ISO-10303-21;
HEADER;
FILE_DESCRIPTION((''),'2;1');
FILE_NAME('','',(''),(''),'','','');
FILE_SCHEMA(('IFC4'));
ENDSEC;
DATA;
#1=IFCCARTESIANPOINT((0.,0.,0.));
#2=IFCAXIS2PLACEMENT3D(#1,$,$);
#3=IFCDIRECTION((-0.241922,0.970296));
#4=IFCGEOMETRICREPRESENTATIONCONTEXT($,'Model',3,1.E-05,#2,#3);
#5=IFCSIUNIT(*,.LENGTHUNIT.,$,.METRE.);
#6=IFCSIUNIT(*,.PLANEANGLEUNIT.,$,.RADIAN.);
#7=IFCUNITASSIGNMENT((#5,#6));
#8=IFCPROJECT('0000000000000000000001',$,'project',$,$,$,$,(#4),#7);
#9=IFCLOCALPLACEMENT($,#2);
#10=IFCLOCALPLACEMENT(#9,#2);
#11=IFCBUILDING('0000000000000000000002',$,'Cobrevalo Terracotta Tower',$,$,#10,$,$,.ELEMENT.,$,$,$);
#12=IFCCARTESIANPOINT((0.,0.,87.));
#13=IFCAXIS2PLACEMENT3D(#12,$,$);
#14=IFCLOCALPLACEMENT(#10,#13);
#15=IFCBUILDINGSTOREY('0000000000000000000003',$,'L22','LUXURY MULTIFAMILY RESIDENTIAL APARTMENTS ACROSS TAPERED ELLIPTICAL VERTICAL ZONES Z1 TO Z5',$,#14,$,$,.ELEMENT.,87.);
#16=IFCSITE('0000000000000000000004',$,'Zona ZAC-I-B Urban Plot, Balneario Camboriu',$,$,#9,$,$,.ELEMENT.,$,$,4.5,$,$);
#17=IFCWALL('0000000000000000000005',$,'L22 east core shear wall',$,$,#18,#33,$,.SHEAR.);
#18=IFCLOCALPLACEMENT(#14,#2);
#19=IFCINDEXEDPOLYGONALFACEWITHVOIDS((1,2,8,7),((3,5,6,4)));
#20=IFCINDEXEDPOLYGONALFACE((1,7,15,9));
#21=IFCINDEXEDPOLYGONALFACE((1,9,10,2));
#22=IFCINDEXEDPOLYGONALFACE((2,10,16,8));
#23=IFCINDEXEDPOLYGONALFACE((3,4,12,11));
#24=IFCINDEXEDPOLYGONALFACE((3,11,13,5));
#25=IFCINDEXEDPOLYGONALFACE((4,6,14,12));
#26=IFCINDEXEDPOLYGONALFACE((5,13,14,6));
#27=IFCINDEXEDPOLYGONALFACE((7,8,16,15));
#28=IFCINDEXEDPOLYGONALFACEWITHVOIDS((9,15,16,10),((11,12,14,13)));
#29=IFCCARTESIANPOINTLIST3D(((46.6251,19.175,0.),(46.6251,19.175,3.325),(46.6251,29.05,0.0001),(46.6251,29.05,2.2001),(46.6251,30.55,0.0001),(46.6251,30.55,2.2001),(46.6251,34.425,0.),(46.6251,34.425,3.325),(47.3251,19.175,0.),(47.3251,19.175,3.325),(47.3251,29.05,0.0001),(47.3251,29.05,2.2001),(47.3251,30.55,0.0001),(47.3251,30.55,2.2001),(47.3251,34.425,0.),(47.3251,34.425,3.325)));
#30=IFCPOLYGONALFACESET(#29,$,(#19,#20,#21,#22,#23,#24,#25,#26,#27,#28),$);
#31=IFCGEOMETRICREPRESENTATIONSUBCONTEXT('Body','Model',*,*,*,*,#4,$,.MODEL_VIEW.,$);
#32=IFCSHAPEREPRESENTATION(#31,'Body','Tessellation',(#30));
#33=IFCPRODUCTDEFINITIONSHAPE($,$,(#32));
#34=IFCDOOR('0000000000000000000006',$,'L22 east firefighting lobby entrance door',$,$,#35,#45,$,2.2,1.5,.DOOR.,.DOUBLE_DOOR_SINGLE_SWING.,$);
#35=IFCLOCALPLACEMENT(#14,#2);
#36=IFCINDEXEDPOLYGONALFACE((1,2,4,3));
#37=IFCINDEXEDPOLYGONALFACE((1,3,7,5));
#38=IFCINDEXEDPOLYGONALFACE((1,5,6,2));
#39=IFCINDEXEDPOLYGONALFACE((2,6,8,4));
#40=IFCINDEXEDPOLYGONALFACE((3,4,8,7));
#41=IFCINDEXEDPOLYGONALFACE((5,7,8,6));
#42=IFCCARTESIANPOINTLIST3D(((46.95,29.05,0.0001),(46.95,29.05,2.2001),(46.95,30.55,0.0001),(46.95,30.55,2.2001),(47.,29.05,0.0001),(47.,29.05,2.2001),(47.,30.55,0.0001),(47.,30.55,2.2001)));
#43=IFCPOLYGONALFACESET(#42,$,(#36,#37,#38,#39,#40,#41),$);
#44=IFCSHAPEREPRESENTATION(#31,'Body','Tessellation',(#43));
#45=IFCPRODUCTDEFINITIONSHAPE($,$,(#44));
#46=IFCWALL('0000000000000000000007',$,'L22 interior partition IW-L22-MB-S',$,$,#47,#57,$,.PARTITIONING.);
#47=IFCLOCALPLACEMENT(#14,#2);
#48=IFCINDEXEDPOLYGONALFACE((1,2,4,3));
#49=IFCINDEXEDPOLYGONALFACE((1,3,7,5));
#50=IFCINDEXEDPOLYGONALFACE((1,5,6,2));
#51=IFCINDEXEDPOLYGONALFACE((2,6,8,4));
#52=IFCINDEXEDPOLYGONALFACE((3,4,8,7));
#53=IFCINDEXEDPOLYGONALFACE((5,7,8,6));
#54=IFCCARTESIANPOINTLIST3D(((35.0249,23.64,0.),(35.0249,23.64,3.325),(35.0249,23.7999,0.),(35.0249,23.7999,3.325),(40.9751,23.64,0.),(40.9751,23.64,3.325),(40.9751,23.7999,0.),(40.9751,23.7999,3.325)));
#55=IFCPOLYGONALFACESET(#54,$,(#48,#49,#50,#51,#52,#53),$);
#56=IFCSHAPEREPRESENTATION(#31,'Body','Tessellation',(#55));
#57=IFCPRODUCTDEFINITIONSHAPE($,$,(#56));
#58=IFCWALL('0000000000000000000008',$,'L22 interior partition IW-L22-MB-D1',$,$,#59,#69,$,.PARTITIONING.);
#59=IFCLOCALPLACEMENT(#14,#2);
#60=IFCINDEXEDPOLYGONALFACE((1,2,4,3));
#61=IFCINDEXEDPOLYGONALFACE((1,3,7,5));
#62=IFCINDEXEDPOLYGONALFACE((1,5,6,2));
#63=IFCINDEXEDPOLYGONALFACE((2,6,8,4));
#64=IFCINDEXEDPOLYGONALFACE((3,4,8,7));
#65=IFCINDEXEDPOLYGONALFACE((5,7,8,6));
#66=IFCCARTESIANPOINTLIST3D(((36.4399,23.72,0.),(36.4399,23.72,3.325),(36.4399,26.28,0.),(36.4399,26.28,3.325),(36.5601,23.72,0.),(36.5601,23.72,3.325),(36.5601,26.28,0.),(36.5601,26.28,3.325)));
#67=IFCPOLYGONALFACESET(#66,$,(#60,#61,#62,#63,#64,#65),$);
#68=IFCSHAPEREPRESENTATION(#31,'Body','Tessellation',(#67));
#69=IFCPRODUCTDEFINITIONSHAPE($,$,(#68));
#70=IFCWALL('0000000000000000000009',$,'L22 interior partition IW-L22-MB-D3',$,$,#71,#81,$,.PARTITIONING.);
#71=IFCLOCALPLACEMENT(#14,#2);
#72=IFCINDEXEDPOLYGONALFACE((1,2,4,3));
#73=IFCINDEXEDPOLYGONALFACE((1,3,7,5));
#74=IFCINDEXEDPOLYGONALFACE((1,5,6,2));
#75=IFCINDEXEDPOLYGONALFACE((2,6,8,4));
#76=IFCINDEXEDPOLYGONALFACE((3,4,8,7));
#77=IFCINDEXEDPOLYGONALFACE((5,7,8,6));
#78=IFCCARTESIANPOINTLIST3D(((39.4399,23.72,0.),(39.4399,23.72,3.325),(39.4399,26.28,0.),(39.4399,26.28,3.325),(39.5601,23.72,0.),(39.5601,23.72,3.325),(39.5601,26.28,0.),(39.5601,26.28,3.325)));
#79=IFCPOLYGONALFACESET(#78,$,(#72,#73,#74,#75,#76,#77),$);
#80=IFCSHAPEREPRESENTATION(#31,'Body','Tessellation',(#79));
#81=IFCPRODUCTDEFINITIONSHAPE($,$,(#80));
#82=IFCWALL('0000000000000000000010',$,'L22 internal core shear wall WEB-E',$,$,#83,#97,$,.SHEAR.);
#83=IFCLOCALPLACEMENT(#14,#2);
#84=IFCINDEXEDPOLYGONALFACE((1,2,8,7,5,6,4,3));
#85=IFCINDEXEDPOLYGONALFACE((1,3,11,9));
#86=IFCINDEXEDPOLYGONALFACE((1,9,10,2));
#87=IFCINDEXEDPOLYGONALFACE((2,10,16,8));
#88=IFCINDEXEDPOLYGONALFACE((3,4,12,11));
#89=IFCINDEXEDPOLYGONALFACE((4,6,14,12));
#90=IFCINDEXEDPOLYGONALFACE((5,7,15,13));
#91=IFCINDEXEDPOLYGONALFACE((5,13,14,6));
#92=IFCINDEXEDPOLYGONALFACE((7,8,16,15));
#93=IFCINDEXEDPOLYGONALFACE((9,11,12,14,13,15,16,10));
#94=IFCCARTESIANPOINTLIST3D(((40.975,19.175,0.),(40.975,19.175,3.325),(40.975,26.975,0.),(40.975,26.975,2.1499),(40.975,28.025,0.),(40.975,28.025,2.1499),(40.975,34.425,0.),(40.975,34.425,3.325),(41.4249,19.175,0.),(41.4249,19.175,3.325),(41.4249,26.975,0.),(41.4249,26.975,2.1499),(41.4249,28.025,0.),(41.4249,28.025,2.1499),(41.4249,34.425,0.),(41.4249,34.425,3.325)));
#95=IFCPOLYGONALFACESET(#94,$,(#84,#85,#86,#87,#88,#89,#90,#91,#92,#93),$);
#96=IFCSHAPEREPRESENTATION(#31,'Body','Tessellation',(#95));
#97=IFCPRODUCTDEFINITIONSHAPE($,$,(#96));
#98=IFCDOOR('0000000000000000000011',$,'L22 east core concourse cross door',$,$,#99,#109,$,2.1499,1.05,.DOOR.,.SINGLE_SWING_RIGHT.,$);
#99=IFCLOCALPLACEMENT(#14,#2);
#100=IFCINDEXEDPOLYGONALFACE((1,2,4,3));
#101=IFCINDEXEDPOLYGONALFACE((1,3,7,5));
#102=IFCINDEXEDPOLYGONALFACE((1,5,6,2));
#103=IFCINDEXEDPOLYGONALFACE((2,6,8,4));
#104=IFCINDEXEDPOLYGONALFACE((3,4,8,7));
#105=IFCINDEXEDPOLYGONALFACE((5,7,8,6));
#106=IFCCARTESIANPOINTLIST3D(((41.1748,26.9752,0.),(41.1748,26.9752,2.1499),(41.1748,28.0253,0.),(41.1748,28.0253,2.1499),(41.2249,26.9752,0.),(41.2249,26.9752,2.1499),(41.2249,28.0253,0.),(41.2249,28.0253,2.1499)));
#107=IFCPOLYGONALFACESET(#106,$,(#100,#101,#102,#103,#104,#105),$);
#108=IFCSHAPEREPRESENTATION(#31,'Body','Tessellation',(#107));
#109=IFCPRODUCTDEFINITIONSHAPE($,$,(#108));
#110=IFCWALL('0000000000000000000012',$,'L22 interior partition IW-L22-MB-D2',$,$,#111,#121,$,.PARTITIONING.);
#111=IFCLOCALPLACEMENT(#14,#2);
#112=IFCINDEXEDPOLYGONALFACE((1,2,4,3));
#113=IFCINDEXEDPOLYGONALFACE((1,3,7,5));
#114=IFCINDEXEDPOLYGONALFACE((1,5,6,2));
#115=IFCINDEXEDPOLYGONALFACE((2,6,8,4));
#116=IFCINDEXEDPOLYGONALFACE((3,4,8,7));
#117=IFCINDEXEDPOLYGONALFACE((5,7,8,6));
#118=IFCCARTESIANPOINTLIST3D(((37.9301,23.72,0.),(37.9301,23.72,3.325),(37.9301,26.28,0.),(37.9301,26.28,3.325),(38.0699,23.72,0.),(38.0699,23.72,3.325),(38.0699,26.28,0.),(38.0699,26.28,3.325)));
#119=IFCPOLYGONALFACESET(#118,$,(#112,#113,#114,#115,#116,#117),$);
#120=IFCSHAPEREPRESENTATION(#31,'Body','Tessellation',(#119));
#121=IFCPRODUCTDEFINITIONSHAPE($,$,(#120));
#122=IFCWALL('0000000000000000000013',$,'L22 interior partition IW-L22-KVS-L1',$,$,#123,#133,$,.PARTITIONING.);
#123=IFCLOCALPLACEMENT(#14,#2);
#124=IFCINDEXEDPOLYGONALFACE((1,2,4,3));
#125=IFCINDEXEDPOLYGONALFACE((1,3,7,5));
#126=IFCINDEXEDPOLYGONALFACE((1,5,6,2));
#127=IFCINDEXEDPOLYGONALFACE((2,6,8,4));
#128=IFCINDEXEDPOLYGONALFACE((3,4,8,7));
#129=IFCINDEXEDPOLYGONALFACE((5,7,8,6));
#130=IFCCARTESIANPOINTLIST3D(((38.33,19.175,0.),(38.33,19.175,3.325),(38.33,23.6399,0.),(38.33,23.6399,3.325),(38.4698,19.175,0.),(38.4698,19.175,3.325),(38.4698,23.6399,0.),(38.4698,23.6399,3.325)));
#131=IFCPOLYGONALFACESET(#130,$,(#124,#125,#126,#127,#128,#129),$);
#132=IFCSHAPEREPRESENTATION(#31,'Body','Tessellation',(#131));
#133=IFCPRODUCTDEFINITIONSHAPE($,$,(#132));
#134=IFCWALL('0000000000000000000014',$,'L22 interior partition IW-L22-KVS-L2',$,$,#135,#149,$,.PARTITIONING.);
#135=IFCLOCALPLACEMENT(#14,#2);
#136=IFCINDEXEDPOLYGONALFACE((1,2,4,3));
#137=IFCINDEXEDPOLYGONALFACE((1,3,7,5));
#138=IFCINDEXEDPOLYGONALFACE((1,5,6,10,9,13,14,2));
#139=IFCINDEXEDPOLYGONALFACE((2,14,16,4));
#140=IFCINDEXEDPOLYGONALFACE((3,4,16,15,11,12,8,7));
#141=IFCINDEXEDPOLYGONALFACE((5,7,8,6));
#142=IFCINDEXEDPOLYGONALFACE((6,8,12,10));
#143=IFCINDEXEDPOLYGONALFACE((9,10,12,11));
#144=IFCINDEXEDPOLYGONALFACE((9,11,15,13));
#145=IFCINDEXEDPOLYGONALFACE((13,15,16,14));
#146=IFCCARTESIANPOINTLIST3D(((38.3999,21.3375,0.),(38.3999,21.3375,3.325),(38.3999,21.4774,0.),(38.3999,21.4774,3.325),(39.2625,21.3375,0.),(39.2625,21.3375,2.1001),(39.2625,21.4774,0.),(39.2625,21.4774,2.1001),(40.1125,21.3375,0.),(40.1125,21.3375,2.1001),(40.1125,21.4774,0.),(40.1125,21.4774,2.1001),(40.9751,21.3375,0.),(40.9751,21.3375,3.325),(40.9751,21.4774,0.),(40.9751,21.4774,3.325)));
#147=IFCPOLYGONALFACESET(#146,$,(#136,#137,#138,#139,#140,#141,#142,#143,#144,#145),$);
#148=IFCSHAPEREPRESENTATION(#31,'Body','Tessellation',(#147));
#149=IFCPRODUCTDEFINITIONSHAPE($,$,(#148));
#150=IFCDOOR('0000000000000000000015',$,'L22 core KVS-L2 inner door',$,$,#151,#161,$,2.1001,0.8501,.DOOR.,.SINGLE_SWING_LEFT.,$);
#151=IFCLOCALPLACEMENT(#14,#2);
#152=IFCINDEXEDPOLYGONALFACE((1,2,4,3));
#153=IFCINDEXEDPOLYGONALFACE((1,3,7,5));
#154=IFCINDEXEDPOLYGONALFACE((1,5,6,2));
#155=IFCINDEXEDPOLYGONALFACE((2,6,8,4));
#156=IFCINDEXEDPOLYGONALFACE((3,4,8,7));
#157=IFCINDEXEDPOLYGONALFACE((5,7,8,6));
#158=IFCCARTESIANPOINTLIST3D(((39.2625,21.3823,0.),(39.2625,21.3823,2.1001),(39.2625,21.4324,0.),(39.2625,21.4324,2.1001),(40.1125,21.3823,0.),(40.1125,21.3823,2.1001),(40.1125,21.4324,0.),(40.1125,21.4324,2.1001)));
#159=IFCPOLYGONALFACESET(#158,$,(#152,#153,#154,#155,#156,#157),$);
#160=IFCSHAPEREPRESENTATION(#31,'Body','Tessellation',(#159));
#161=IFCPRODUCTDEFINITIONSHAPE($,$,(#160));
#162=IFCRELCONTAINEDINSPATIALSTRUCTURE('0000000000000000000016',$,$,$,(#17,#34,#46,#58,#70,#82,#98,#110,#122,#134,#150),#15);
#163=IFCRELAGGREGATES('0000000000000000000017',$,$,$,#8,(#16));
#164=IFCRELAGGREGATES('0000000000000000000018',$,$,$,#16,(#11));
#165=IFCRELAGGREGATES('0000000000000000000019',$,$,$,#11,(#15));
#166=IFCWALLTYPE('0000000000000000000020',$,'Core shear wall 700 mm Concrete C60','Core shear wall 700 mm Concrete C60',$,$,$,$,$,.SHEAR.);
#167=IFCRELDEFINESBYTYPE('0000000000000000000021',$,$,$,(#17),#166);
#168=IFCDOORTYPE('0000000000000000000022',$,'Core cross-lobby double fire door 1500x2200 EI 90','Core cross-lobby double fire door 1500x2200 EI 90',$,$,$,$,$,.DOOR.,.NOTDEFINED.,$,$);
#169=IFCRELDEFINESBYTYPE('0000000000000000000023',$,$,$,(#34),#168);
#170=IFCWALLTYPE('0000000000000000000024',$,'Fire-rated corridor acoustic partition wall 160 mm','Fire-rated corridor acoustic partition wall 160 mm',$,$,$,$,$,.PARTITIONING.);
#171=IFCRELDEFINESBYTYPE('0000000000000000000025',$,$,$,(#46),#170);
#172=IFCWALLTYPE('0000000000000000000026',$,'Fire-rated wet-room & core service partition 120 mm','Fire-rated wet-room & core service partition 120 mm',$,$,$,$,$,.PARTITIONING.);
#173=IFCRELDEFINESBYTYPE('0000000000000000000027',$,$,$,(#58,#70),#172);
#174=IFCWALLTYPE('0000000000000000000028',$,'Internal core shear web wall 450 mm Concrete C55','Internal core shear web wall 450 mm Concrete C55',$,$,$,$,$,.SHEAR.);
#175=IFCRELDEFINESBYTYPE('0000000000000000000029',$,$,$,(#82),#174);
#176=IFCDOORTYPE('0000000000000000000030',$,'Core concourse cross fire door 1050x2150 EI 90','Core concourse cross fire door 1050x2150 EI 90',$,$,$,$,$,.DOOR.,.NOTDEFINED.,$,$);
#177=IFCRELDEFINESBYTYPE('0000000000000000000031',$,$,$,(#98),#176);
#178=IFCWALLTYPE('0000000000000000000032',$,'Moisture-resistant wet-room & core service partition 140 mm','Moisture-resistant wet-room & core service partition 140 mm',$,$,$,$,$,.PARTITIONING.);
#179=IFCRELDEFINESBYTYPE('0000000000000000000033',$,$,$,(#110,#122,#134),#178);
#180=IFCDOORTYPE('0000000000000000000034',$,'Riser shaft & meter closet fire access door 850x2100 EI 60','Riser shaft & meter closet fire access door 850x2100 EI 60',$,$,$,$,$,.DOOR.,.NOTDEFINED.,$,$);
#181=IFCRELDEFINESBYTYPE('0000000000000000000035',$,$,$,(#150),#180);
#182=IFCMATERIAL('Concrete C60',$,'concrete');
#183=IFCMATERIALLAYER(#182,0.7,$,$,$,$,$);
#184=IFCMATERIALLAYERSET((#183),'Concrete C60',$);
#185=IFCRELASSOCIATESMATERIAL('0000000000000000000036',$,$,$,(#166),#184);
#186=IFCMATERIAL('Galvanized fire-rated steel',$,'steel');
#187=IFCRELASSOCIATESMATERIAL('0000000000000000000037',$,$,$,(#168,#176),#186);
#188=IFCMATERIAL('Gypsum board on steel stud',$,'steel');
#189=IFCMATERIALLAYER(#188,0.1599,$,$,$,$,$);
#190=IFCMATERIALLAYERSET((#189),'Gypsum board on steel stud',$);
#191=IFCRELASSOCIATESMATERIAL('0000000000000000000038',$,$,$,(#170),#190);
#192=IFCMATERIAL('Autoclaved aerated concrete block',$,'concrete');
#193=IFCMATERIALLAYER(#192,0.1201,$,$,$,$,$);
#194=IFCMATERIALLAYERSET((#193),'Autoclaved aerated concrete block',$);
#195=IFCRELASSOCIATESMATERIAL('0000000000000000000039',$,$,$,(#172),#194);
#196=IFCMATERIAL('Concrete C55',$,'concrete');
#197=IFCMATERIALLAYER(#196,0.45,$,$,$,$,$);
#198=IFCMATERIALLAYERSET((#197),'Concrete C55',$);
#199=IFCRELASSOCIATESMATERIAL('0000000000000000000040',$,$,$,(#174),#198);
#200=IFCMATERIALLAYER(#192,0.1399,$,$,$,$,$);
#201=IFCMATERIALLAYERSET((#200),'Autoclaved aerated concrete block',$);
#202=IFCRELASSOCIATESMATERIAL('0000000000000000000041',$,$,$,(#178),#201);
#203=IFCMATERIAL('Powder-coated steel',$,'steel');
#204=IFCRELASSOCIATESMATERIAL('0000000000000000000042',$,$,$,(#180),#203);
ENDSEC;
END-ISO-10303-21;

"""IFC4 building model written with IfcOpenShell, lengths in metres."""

from ifc_helpers import new_model, si_unit, direction, frame, frame_2d, origin, place, context, subcontext, project, spatial, rectangle, extrude, source, transform, mapped, material, layer, layer_set, type_object, element, fill, save


model = new_model("IFC4")

# Units and contexts
model_context = context("Model", 3, precision=1e-05, world=origin(), true_north=direction((-0.241922, 0.970296)))
body_context = subcontext(model_context, "Body", "Model", "MODEL_VIEW")
ifc_project = project(units=[si_unit("LENGTHUNIT", "METRE"), si_unit("PLANEANGLEUNIT", "RADIAN")], contexts=[model_context])

# Site, building, storey
site_placement = place(None, origin())
site = spatial("IfcSite", under=ifc_project, at=site_placement, Name="Zona ZAC-I-B Urban Plot, Balneario Camboriu", CompositionType="ELEMENT", RefElevation=4.5)
building_placement = place(site_placement, origin())
building = spatial("IfcBuilding", under=site, at=building_placement, Name="Cobrevalo Terracotta Tower", CompositionType="ELEMENT")
storey_placement = place(building_placement, frame((0.0, 0.0, 87.0)))
storey = spatial("IfcBuildingStorey", under=building, at=storey_placement, Name="L22", Description="LUXURY MULTIFAMILY RESIDENTIAL APARTMENTS ACROSS TAPERED ELLIPTICAL VERTICAL ZONES Z1 TO Z5", CompositionType="ELEMENT", Elevation=87.0)

# Wall, opening, door
ifc_material_1 = material(Name="Concrete C60", Category="concrete")
ifc_layer_1 = layer(ifc_material_1, 0.7)
ifc_layer_set_1 = layer_set([ifc_layer_1], Name="Concrete C60")
wall_type_1 = type_object("IfcWallType", Name="Core shear wall 700 mm Concrete C60", Description="Core shear wall 700 mm Concrete C60", PredefinedType="SHEAR", material=ifc_layer_set_1)
wall_1_placement = place(storey_placement, frame((46.9751, 19.175, 0.0), z_axis=(0.0, 0.0, 1.0), x_axis=(0.0, 1.0, 0.0)))
wall_1 = element("IfcWall", 1, at=wall_1_placement, inside=storey, type_object=wall_type_1, Name="L22 east core shear wall", PredefinedType="SHEAR", context=body_context, shape_type="SweptSolid", body=[
    extrude(rectangle(XDim=15.25, YDim=0.7, at=frame_2d((7.625, 0.0))), origin(), (0.0, 0.0, 1.0), 3.325),
])
opening_1_placement = place(wall_1_placement, frame((9.875, 0.0, 0.0)))
opening_1 = element("IfcOpeningElement", 2, at=opening_1_placement, cuts=wall_1, PredefinedType="OPENING", context=body_context, shape_type="SweptSolid", body=[
    extrude(rectangle(XDim=1.5, YDim=2.2, at=frame_2d((0.75, 1.1001))), frame((0.0, 0.3599, 0.0), z_axis=(0.0, -1.0, 0.0), x_axis=(1.0, 0.0, 0.0)), (0.0, 0.0, 1.0), 0.72),
])
ifc_material_2 = material(Name="Galvanized fire-rated steel", Category="steel")
door_type_1 = type_object("IfcDoorType", Name="Core cross-lobby double fire door 1500x2200 EI 90", Description="Core cross-lobby double fire door 1500x2200 EI 90", OperationType="NOTDEFINED", PredefinedType="DOOR", material=ifc_material_2)
shared_shape_1 = source(origin(), body_context, "Body", "SweptSolid", [
    extrude(rectangle(XDim=1.5, YDim=2.2, at=frame_2d((0.75, 1.1001))), frame((0.0, 0.0249, 0.0), z_axis=(0.0, -1.0, 0.0), x_axis=(1.0, 0.0, 0.0)), (0.0, 0.0, 1.0), 0.05),
])
door_1_placement = place(opening_1_placement, frame((1.5, 0.0, 0.0), z_axis=(0.0, 0.0, 1.0), x_axis=(-1.0, 0.0, 0.0)))
door_1 = element("IfcDoor", 3, at=door_1_placement, inside=storey, type_object=door_type_1, Name="L22 east firefighting lobby entrance door", OperationType="DOUBLE_DOOR_SINGLE_SWING", OverallHeight=2.2, OverallWidth=1.5, PredefinedType="DOOR", context=body_context, shape_type="MappedRepresentation", body=[
    mapped(shared_shape_1, transform((0.0, 0.0, 0.0), scale=1.0)),
])
fill(opening_1, door_1)

# Walls
ifc_material_3 = material(Name="Gypsum board on steel stud", Category="steel")
ifc_layer_2 = layer(ifc_material_3, 0.1599)
ifc_layer_set_2 = layer_set([ifc_layer_2], Name="Gypsum board on steel stud")
wall_type_2 = type_object("IfcWallType", Name="Fire-rated corridor acoustic partition wall 160 mm", Description="Fire-rated corridor acoustic partition wall 160 mm", PredefinedType="PARTITIONING", material=ifc_layer_set_2)
wall_2_placement = place(storey_placement, frame((35.0249, 23.72, 0.0), z_axis=(0.0, 0.0, 1.0), x_axis=(1.0, 0.0, 0.0)))
element("IfcWall", 4, at=wall_2_placement, inside=storey, type_object=wall_type_2, Name="L22 interior partition IW-L22-MB-S", PredefinedType="PARTITIONING", context=body_context, shape_type="SweptSolid", body=[
    extrude(rectangle(XDim=5.9502, YDim=0.1599, at=frame_2d((2.9751, 0.0))), origin(), (0.0, 0.0, 1.0), 3.325),
])
ifc_material_4 = material(Name="Autoclaved aerated concrete block", Category="concrete")
ifc_layer_3 = layer(ifc_material_4, 0.1201)
ifc_layer_set_3 = layer_set([ifc_layer_3], Name="Autoclaved aerated concrete block")
wall_type_3 = type_object("IfcWallType", Name="Fire-rated wet-room & core service partition 120 mm", Description="Fire-rated wet-room & core service partition 120 mm", PredefinedType="PARTITIONING", material=ifc_layer_set_3)
for number, where, z_axis, x_axis, name in (
    (5, (36.5, 23.72, 0.0), (0.0, 0.0, 1.0), (0.0, 1.0, 0.0), "L22 interior partition IW-L22-MB-D1"),
    (6, (39.5, 23.72, 0.0), (0.0, 0.0, 1.0), (0.0, 1.0, 0.0), "L22 interior partition IW-L22-MB-D3"),
):
    element("IfcWall", number, at=place(storey_placement, frame(where, z_axis=z_axis, x_axis=x_axis)), inside=storey, type_object=wall_type_3, Name=name, PredefinedType="PARTITIONING", context=body_context, shape_type="SweptSolid", body=[
        extrude(rectangle(XDim=2.5601, YDim=0.1201, at=frame_2d((1.28, 0.0))), origin(), (0.0, 0.0, 1.0), 3.325),
    ])

# Wall, opening, door
ifc_material_5 = material(Name="Concrete C55", Category="concrete")
ifc_layer_4 = layer(ifc_material_5, 0.45)
ifc_layer_set_4 = layer_set([ifc_layer_4], Name="Concrete C55")
wall_type_4 = type_object("IfcWallType", Name="Internal core shear web wall 450 mm Concrete C55", Description="Internal core shear web wall 450 mm Concrete C55", PredefinedType="SHEAR", material=ifc_layer_set_4)
wall_3_placement = place(storey_placement, frame((41.2, 19.175, 0.0), z_axis=(0.0, 0.0, 1.0), x_axis=(0.0, 1.0, 0.0)))
wall_3 = element("IfcWall", 7, at=wall_3_placement, inside=storey, type_object=wall_type_4, Name="L22 internal core shear wall WEB-E", PredefinedType="SHEAR", context=body_context, shape_type="SweptSolid", body=[
    extrude(rectangle(XDim=15.25, YDim=0.45, at=frame_2d((7.625, 0.0))), origin(), (0.0, 0.0, 1.0), 3.325),
])
opening_2_placement = place(wall_3_placement, frame((7.8, 0.0, 0.0)))
opening_2 = element("IfcOpeningElement", 8, at=opening_2_placement, cuts=wall_3, PredefinedType="OPENING", context=body_context, shape_type="SweptSolid", body=[
    extrude(rectangle(XDim=1.05, YDim=2.1499, at=frame_2d((0.5249, 1.075))), frame((0.0, 0.2349, 0.0), z_axis=(0.0, -1.0, 0.0), x_axis=(1.0, 0.0, 0.0)), (0.0, 0.0, 1.0), 0.47),
])
door_type_2 = type_object("IfcDoorType", Name="Core concourse cross fire door 1050x2150 EI 90", Description="Core concourse cross fire door 1050x2150 EI 90", OperationType="NOTDEFINED", PredefinedType="DOOR", material=ifc_material_2)
shared_shape_2 = source(origin(), body_context, "Body", "SweptSolid", [
    extrude(rectangle(XDim=1.05, YDim=2.1499, at=frame_2d((0.5249, 1.075))), frame((0.0, 0.0249, 0.0), z_axis=(0.0, -1.0, 0.0), x_axis=(1.0, 0.0, 0.0)), (0.0, 0.0, 1.0), 0.05),
])
door_2_placement = place(opening_2_placement, frame((1.05, 0.0, 0.0), z_axis=(0.0, 0.0, 1.0), x_axis=(-1.0, 0.0, 0.0)))
door_2 = element("IfcDoor", 9, at=door_2_placement, inside=storey, type_object=door_type_2, Name="L22 east core concourse cross door", OperationType="SINGLE_SWING_RIGHT", OverallHeight=2.1499, OverallWidth=1.05, PredefinedType="DOOR", context=body_context, shape_type="MappedRepresentation", body=[
    mapped(shared_shape_2, transform((0.0, 0.0, 0.0), scale=1.0)),
])
fill(opening_2, door_2)

# Walls
ifc_layer_5 = layer(ifc_material_4, 0.1399)
ifc_layer_set_5 = layer_set([ifc_layer_5], Name="Autoclaved aerated concrete block")
wall_type_5 = type_object("IfcWallType", Name="Moisture-resistant wet-room & core service partition 140 mm", Description="Moisture-resistant wet-room & core service partition 140 mm", PredefinedType="PARTITIONING", material=ifc_layer_set_5)
wall_4_placement = place(storey_placement, frame((38.0, 23.72, 0.0), z_axis=(0.0, 0.0, 1.0), x_axis=(0.0, 1.0, 0.0)))
element("IfcWall", 10, at=wall_4_placement, inside=storey, type_object=wall_type_5, Name="L22 interior partition IW-L22-MB-D2", PredefinedType="PARTITIONING", context=body_context, shape_type="SweptSolid", body=[
    extrude(rectangle(XDim=2.5601, YDim=0.1399, at=frame_2d((1.28, 0.0))), origin(), (0.0, 0.0, 1.0), 3.325),
])
wall_5_placement = place(storey_placement, frame((38.3999, 19.175, 0.0), z_axis=(0.0, 0.0, 1.0), x_axis=(0.0, 1.0, 0.0)))
element("IfcWall", 11, at=wall_5_placement, inside=storey, type_object=wall_type_5, Name="L22 interior partition IW-L22-KVS-L1", PredefinedType="PARTITIONING", context=body_context, shape_type="SweptSolid", body=[
    extrude(rectangle(XDim=4.4648, YDim=0.1399, at=frame_2d((2.2324, 0.0))), origin(), (0.0, 0.0, 1.0), 3.325),
])

# Wall, opening, door
wall_6_placement = place(storey_placement, frame((38.3999, 21.4075, 0.0), z_axis=(0.0, 0.0, 1.0), x_axis=(1.0, 0.0, 0.0)))
wall_6 = element("IfcWall", 12, at=wall_6_placement, inside=storey, type_object=wall_type_5, Name="L22 interior partition IW-L22-KVS-L2", PredefinedType="PARTITIONING", context=body_context, shape_type="SweptSolid", body=[
    extrude(rectangle(XDim=2.5752, YDim=0.1399, at=frame_2d((1.2876, 0.0))), origin(), (0.0, 0.0, 1.0), 3.325),
])
opening_3_placement = place(wall_6_placement, frame((0.8625, 0.0, 0.0)))
opening_3 = element("IfcOpeningElement", 13, at=opening_3_placement, cuts=wall_6, PredefinedType="OPENING", context=body_context, shape_type="SweptSolid", body=[
    extrude(rectangle(XDim=0.8501, YDim=2.1001, at=frame_2d((0.425, 1.05))), frame((0.0, 0.0801, 0.0), z_axis=(0.0, -1.0, 0.0), x_axis=(1.0, 0.0, 0.0)), (0.0, 0.0, 1.0), 0.1599),
])
ifc_material_6 = material(Name="Powder-coated steel", Category="steel")
door_type_3 = type_object("IfcDoorType", Name="Riser shaft & meter closet fire access door 850x2100 EI 60", Description="Riser shaft & meter closet fire access door 850x2100 EI 60", OperationType="NOTDEFINED", PredefinedType="DOOR", material=ifc_material_6)
shared_shape_3 = source(origin(), body_context, "Body", "SweptSolid", [
    extrude(rectangle(XDim=0.8501, YDim=2.1001, at=frame_2d((0.425, 1.05))), frame((0.0, 0.0249, 0.0), z_axis=(0.0, -1.0, 0.0), x_axis=(1.0, 0.0, 0.0)), (0.0, 0.0, 1.0), 0.05),
])
door_3_placement = place(opening_3_placement, origin())
door_3 = element("IfcDoor", 14, at=door_3_placement, inside=storey, type_object=door_type_3, Name="L22 core KVS-L2 inner door", OperationType="SINGLE_SWING_LEFT", OverallHeight=2.1001, OverallWidth=0.8501, PredefinedType="DOOR", context=body_context, shape_type="MappedRepresentation", body=[
    mapped(shared_shape_3, transform((0.0, 0.0, 0.0), scale=1.0)),
])
fill(opening_3, door_3)

save(model, "model.ifc")
